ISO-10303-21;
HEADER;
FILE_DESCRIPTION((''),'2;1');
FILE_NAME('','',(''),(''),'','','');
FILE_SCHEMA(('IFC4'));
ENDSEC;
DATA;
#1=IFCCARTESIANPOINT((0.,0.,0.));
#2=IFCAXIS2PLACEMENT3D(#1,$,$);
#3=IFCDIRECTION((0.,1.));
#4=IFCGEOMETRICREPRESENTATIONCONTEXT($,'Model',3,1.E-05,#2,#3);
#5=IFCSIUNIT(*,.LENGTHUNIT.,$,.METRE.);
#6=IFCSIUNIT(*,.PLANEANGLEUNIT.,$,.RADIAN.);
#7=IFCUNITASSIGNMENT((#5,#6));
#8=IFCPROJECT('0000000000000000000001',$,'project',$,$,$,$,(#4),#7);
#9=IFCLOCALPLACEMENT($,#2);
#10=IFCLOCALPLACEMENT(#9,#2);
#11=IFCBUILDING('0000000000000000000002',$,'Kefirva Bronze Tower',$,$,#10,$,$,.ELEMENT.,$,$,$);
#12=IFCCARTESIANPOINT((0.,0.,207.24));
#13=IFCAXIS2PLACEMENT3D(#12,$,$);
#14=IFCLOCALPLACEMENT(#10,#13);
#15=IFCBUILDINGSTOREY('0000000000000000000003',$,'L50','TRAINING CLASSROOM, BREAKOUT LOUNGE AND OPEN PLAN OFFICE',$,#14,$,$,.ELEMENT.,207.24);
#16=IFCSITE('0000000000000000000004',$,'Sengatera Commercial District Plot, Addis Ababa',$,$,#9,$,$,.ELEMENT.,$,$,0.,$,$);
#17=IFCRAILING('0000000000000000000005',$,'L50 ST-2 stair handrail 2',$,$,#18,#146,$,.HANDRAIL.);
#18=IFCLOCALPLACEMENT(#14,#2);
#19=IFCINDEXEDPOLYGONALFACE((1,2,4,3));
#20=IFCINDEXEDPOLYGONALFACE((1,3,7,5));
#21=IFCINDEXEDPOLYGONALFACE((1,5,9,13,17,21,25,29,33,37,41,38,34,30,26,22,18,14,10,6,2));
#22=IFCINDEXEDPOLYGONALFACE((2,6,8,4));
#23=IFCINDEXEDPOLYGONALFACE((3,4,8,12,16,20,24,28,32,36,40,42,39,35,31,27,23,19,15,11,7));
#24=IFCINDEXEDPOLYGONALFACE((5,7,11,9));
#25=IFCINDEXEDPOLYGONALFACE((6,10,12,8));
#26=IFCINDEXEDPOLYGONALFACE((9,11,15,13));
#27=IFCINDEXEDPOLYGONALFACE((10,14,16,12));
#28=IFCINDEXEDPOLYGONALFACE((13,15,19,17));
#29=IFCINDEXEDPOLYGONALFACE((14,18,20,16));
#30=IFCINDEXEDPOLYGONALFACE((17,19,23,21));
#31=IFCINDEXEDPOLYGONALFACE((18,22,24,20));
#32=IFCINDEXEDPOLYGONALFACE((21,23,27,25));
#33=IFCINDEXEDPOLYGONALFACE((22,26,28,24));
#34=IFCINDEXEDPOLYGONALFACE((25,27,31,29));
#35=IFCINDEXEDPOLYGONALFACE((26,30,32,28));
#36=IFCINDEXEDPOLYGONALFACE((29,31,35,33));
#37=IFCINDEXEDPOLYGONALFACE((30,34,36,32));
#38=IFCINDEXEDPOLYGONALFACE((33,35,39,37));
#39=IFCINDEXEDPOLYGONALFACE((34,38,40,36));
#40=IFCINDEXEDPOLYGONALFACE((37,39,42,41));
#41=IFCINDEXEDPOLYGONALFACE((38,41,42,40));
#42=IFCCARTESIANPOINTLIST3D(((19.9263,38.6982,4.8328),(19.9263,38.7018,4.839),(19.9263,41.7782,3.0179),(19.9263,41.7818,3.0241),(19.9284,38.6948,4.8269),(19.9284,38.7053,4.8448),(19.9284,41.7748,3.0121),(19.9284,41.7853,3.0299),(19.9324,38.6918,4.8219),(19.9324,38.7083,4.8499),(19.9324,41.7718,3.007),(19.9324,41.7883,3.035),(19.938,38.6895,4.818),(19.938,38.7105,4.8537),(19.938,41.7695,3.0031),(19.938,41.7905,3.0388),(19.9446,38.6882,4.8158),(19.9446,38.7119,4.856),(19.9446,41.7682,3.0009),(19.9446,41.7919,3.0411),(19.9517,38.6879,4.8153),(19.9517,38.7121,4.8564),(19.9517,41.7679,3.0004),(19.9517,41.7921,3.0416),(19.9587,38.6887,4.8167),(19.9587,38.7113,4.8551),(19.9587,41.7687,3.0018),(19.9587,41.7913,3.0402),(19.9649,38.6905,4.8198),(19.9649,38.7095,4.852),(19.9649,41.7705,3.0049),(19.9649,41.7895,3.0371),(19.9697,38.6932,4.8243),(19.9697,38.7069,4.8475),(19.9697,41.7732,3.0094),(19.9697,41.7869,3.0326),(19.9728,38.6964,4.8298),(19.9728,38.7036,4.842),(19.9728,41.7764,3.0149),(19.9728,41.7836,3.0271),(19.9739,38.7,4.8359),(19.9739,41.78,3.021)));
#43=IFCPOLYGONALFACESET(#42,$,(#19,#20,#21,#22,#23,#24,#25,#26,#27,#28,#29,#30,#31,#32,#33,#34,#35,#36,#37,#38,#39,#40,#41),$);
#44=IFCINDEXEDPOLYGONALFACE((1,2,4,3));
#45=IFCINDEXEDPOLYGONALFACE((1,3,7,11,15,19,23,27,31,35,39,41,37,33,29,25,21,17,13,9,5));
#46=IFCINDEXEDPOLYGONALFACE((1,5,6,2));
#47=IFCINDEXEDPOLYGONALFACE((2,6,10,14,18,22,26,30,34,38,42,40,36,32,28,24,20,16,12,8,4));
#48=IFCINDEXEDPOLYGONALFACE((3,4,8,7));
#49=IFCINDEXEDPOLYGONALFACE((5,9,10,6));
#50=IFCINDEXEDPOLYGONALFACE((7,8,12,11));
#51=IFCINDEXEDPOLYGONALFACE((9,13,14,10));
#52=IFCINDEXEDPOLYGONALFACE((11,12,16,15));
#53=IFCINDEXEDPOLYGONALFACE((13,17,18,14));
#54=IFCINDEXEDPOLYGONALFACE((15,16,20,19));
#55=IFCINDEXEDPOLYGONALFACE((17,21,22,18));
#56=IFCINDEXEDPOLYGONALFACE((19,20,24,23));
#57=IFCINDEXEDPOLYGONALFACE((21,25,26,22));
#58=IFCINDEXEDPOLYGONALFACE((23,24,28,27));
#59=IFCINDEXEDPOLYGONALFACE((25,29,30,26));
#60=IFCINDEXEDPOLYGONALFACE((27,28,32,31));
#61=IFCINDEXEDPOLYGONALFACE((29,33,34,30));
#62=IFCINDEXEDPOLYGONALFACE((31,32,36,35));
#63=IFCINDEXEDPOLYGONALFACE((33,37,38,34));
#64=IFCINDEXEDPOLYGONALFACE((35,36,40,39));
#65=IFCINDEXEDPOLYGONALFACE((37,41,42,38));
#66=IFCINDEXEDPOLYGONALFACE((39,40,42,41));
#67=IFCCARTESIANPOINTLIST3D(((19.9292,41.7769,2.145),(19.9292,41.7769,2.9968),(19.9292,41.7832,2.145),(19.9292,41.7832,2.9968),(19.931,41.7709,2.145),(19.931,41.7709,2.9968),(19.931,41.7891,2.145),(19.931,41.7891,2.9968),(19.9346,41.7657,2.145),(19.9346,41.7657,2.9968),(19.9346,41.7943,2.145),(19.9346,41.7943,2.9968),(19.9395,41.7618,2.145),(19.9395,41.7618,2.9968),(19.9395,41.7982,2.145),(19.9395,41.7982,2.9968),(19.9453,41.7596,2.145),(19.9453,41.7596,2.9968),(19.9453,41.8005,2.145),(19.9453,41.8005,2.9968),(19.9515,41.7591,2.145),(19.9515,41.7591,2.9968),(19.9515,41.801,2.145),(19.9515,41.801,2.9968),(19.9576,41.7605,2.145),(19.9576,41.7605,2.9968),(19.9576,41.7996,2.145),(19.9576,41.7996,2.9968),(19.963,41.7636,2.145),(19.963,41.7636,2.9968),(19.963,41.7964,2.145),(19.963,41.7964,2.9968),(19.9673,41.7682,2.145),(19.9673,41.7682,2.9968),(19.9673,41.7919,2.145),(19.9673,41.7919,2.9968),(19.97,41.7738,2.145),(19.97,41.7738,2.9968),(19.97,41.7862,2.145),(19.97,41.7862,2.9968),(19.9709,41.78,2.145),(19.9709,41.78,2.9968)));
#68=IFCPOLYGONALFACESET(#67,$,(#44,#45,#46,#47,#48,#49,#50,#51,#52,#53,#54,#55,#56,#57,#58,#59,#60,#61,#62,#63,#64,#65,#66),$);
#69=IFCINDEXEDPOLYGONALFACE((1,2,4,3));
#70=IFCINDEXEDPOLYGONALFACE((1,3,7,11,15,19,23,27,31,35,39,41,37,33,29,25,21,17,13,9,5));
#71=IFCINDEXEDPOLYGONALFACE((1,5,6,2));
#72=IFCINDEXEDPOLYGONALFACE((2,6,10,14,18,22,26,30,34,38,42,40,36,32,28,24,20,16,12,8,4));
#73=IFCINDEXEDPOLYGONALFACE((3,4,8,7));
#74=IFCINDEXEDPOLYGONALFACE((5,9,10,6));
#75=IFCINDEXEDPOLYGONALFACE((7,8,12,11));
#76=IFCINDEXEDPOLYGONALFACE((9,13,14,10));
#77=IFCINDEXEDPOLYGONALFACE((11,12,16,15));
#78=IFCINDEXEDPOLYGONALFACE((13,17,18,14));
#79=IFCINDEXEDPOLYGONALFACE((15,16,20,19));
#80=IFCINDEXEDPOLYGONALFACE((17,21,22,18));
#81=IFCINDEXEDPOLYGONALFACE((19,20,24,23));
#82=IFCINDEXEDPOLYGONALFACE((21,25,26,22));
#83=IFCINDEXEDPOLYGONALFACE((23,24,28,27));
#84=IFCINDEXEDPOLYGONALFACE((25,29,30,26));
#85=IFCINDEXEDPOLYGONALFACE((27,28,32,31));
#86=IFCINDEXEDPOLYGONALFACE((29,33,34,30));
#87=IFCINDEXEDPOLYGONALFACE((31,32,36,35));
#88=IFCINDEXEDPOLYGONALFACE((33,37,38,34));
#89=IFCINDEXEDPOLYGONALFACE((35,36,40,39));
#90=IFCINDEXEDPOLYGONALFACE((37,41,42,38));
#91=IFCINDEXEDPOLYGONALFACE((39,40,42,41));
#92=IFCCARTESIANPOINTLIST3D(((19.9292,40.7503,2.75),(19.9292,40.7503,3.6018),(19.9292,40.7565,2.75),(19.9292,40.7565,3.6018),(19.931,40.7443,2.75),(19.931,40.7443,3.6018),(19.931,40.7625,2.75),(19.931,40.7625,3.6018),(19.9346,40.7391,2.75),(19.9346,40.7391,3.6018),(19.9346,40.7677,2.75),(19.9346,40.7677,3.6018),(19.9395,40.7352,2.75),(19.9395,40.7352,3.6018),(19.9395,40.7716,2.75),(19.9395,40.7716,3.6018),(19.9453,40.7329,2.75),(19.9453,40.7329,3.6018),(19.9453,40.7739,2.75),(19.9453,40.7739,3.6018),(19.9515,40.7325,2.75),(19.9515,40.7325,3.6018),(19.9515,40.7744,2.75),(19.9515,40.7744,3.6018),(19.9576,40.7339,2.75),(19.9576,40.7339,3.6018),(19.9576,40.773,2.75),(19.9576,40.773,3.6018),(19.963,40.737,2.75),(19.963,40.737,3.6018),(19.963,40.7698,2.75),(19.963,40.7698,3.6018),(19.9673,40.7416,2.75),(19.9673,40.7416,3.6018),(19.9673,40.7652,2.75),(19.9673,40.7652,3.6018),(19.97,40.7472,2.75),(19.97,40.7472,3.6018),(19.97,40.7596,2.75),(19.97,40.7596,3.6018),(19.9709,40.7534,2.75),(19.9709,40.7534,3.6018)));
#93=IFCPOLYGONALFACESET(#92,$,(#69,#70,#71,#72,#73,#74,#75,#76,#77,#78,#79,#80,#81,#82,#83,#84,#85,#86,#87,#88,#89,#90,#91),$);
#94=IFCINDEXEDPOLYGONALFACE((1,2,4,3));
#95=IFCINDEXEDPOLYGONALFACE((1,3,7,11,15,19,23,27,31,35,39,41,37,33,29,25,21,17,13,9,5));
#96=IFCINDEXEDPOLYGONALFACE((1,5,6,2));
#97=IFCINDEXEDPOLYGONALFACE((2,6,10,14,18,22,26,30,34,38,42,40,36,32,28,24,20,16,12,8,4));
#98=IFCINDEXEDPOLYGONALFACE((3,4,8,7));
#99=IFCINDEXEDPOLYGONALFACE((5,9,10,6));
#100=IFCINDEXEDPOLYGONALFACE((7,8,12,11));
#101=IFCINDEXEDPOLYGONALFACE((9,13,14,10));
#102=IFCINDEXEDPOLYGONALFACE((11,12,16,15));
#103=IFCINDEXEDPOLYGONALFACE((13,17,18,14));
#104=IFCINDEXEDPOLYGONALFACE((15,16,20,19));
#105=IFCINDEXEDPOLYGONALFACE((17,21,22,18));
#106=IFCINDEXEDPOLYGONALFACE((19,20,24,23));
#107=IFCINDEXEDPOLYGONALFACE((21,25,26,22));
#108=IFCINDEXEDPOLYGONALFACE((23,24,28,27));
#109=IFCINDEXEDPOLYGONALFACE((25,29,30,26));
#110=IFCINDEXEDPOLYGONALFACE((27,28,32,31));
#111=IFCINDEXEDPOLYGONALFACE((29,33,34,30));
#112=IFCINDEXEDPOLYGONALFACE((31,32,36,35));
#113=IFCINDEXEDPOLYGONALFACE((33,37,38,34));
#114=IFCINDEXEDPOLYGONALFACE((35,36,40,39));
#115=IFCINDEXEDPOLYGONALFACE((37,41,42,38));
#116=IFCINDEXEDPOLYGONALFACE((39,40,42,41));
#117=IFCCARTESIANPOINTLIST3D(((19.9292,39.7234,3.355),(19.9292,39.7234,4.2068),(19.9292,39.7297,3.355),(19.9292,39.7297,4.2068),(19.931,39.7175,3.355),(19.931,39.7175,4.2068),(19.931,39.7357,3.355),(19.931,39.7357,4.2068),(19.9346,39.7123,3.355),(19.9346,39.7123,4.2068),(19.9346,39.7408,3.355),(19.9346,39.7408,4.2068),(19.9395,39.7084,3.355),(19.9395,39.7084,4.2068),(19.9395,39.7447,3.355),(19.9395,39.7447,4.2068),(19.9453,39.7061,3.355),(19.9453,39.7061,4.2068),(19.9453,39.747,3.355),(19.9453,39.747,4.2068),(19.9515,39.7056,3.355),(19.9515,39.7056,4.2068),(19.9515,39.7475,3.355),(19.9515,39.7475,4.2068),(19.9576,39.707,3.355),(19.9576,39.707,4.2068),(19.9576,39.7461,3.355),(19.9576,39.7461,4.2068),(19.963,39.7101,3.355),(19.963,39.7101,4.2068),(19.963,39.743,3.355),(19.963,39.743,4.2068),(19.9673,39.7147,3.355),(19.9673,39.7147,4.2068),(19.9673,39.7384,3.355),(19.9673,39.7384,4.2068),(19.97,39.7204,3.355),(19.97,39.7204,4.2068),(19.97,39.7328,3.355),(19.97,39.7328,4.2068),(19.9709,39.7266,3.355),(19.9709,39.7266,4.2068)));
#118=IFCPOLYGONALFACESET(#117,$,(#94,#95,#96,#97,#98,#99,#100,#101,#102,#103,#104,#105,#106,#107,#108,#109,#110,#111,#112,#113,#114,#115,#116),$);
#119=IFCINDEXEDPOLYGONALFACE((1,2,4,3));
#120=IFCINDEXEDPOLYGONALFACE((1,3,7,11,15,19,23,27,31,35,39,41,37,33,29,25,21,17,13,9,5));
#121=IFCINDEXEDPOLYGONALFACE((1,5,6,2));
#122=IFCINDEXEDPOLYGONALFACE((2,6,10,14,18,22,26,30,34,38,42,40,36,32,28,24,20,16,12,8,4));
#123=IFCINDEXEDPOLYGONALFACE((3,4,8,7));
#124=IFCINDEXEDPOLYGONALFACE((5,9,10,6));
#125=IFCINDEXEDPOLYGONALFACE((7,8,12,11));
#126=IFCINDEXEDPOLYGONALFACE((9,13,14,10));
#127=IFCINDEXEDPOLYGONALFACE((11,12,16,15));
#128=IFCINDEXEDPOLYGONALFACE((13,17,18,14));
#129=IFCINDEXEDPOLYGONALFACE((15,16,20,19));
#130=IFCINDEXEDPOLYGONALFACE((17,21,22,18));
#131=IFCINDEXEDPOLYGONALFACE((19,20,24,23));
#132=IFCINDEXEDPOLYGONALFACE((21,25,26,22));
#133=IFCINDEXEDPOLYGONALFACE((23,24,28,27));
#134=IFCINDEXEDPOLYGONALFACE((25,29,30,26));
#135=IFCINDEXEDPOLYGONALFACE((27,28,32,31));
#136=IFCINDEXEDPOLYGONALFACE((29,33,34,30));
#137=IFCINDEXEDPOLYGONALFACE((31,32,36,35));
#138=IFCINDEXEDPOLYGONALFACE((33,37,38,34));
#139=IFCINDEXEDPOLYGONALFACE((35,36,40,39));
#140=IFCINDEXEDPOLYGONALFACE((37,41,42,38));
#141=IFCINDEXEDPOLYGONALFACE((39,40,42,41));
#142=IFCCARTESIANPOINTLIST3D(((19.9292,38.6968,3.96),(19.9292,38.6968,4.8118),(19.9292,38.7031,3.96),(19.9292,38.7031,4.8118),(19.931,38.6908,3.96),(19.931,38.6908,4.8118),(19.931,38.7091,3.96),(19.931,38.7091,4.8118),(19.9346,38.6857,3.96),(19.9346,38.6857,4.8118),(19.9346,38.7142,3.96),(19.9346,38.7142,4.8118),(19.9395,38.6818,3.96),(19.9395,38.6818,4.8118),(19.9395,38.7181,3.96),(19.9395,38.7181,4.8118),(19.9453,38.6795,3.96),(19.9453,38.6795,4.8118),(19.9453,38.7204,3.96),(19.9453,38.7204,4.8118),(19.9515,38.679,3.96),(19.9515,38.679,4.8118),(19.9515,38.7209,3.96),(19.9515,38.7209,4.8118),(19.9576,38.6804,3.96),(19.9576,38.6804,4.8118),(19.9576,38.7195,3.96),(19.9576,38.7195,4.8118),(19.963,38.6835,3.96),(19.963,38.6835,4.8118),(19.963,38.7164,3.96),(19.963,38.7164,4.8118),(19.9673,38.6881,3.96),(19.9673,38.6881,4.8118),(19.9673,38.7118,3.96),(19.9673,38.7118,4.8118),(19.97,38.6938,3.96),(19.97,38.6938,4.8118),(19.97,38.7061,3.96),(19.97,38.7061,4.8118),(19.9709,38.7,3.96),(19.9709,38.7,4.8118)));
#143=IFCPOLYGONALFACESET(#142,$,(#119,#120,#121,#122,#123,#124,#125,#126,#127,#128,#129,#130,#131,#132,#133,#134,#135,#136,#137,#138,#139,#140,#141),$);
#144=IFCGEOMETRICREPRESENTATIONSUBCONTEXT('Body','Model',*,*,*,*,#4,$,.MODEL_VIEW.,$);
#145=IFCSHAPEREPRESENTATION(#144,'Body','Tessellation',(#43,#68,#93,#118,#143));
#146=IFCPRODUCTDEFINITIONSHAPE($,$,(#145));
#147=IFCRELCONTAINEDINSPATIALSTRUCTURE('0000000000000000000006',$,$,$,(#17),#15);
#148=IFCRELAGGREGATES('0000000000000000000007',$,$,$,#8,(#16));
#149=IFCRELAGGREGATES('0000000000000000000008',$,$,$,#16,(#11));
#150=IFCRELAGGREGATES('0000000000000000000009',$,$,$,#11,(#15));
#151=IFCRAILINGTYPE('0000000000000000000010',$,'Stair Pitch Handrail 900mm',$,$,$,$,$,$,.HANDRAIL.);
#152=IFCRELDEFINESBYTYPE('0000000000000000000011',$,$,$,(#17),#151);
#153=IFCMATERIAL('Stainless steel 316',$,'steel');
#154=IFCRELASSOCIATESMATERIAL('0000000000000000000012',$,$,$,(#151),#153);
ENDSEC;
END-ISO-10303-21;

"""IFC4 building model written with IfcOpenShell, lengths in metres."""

from ifc_helpers import new_model, si_unit, direction, frame, origin, origin_2d, place, context, subcontext, project, spatial, circle, extrude, material, type_object, element, save


model = new_model("IFC4")

# Units and contexts
model_context = context("Model", 3, precision=1e-05, world=origin(), true_north=direction((0.0, 1.0)))
body_context = subcontext(model_context, "Body", "Model", "MODEL_VIEW")
ifc_project = project(units=[si_unit("LENGTHUNIT", "METRE"), si_unit("PLANEANGLEUNIT", "RADIAN")], contexts=[model_context])

# Site, building, storey
site_placement = place(None, origin())
site = spatial("IfcSite", under=ifc_project, at=site_placement, Name="Sengatera Commercial District Plot, Addis Ababa", CompositionType="ELEMENT", RefElevation=0.0)
building_placement = place(site_placement, origin())
building = spatial("IfcBuilding", under=site, at=building_placement, Name="Kefirva Bronze Tower", CompositionType="ELEMENT")
storey_placement = place(building_placement, frame((0.0, 0.0, 207.24)))
storey = spatial("IfcBuildingStorey", under=building, at=storey_placement, Name="L50", Description="TRAINING CLASSROOM, BREAKOUT LOUNGE AND OPEN PLAN OFFICE", CompositionType="ELEMENT", Elevation=207.24)

# Railing
ifc_material_1 = material(Name="Stainless steel 316", Category="steel")
railing_type_1 = type_object("IfcRailingType", Name="Stair Pitch Handrail 900mm", PredefinedType="HANDRAIL", material=ifc_material_1)
railing_1_placement = place(storey_placement, frame((19.95, 41.78, 2.145)))
element("IfcRailing", 1, at=railing_1_placement, inside=storey, type_object=railing_type_1, Name="L50 ST-2 stair handrail 2", PredefinedType="HANDRAIL", context=body_context, shape_type="SweptSolid", body=[
    extrude(circle(Radius=0.0239, at=origin_2d()), frame((0.0, 0.0, 0.876), z_axis=(0.0, -0.861551, 0.507671), x_axis=(1.0, 0.0, 0.0)), (0.0, 0.0, 1.0), 3.575),
    extrude(circle(Radius=0.021, at=origin_2d()), origin(), (0.0, 0.0, 1.0), 0.8518),
    extrude(circle(Radius=0.021, at=origin_2d()), frame((0.0, -1.0266, 0.605)), (0.0, 0.0, 1.0), 0.8518),
    extrude(circle(Radius=0.021, at=origin_2d()), frame((0.0, -2.0535, 1.21)), (0.0, 0.0, 1.0), 0.8518),
    extrude(circle(Radius=0.021, at=origin_2d()), frame((0.0, -3.0801, 1.8149)), (0.0, 0.0, 1.0), 0.8518),
])

save(model, "model.ifc")
